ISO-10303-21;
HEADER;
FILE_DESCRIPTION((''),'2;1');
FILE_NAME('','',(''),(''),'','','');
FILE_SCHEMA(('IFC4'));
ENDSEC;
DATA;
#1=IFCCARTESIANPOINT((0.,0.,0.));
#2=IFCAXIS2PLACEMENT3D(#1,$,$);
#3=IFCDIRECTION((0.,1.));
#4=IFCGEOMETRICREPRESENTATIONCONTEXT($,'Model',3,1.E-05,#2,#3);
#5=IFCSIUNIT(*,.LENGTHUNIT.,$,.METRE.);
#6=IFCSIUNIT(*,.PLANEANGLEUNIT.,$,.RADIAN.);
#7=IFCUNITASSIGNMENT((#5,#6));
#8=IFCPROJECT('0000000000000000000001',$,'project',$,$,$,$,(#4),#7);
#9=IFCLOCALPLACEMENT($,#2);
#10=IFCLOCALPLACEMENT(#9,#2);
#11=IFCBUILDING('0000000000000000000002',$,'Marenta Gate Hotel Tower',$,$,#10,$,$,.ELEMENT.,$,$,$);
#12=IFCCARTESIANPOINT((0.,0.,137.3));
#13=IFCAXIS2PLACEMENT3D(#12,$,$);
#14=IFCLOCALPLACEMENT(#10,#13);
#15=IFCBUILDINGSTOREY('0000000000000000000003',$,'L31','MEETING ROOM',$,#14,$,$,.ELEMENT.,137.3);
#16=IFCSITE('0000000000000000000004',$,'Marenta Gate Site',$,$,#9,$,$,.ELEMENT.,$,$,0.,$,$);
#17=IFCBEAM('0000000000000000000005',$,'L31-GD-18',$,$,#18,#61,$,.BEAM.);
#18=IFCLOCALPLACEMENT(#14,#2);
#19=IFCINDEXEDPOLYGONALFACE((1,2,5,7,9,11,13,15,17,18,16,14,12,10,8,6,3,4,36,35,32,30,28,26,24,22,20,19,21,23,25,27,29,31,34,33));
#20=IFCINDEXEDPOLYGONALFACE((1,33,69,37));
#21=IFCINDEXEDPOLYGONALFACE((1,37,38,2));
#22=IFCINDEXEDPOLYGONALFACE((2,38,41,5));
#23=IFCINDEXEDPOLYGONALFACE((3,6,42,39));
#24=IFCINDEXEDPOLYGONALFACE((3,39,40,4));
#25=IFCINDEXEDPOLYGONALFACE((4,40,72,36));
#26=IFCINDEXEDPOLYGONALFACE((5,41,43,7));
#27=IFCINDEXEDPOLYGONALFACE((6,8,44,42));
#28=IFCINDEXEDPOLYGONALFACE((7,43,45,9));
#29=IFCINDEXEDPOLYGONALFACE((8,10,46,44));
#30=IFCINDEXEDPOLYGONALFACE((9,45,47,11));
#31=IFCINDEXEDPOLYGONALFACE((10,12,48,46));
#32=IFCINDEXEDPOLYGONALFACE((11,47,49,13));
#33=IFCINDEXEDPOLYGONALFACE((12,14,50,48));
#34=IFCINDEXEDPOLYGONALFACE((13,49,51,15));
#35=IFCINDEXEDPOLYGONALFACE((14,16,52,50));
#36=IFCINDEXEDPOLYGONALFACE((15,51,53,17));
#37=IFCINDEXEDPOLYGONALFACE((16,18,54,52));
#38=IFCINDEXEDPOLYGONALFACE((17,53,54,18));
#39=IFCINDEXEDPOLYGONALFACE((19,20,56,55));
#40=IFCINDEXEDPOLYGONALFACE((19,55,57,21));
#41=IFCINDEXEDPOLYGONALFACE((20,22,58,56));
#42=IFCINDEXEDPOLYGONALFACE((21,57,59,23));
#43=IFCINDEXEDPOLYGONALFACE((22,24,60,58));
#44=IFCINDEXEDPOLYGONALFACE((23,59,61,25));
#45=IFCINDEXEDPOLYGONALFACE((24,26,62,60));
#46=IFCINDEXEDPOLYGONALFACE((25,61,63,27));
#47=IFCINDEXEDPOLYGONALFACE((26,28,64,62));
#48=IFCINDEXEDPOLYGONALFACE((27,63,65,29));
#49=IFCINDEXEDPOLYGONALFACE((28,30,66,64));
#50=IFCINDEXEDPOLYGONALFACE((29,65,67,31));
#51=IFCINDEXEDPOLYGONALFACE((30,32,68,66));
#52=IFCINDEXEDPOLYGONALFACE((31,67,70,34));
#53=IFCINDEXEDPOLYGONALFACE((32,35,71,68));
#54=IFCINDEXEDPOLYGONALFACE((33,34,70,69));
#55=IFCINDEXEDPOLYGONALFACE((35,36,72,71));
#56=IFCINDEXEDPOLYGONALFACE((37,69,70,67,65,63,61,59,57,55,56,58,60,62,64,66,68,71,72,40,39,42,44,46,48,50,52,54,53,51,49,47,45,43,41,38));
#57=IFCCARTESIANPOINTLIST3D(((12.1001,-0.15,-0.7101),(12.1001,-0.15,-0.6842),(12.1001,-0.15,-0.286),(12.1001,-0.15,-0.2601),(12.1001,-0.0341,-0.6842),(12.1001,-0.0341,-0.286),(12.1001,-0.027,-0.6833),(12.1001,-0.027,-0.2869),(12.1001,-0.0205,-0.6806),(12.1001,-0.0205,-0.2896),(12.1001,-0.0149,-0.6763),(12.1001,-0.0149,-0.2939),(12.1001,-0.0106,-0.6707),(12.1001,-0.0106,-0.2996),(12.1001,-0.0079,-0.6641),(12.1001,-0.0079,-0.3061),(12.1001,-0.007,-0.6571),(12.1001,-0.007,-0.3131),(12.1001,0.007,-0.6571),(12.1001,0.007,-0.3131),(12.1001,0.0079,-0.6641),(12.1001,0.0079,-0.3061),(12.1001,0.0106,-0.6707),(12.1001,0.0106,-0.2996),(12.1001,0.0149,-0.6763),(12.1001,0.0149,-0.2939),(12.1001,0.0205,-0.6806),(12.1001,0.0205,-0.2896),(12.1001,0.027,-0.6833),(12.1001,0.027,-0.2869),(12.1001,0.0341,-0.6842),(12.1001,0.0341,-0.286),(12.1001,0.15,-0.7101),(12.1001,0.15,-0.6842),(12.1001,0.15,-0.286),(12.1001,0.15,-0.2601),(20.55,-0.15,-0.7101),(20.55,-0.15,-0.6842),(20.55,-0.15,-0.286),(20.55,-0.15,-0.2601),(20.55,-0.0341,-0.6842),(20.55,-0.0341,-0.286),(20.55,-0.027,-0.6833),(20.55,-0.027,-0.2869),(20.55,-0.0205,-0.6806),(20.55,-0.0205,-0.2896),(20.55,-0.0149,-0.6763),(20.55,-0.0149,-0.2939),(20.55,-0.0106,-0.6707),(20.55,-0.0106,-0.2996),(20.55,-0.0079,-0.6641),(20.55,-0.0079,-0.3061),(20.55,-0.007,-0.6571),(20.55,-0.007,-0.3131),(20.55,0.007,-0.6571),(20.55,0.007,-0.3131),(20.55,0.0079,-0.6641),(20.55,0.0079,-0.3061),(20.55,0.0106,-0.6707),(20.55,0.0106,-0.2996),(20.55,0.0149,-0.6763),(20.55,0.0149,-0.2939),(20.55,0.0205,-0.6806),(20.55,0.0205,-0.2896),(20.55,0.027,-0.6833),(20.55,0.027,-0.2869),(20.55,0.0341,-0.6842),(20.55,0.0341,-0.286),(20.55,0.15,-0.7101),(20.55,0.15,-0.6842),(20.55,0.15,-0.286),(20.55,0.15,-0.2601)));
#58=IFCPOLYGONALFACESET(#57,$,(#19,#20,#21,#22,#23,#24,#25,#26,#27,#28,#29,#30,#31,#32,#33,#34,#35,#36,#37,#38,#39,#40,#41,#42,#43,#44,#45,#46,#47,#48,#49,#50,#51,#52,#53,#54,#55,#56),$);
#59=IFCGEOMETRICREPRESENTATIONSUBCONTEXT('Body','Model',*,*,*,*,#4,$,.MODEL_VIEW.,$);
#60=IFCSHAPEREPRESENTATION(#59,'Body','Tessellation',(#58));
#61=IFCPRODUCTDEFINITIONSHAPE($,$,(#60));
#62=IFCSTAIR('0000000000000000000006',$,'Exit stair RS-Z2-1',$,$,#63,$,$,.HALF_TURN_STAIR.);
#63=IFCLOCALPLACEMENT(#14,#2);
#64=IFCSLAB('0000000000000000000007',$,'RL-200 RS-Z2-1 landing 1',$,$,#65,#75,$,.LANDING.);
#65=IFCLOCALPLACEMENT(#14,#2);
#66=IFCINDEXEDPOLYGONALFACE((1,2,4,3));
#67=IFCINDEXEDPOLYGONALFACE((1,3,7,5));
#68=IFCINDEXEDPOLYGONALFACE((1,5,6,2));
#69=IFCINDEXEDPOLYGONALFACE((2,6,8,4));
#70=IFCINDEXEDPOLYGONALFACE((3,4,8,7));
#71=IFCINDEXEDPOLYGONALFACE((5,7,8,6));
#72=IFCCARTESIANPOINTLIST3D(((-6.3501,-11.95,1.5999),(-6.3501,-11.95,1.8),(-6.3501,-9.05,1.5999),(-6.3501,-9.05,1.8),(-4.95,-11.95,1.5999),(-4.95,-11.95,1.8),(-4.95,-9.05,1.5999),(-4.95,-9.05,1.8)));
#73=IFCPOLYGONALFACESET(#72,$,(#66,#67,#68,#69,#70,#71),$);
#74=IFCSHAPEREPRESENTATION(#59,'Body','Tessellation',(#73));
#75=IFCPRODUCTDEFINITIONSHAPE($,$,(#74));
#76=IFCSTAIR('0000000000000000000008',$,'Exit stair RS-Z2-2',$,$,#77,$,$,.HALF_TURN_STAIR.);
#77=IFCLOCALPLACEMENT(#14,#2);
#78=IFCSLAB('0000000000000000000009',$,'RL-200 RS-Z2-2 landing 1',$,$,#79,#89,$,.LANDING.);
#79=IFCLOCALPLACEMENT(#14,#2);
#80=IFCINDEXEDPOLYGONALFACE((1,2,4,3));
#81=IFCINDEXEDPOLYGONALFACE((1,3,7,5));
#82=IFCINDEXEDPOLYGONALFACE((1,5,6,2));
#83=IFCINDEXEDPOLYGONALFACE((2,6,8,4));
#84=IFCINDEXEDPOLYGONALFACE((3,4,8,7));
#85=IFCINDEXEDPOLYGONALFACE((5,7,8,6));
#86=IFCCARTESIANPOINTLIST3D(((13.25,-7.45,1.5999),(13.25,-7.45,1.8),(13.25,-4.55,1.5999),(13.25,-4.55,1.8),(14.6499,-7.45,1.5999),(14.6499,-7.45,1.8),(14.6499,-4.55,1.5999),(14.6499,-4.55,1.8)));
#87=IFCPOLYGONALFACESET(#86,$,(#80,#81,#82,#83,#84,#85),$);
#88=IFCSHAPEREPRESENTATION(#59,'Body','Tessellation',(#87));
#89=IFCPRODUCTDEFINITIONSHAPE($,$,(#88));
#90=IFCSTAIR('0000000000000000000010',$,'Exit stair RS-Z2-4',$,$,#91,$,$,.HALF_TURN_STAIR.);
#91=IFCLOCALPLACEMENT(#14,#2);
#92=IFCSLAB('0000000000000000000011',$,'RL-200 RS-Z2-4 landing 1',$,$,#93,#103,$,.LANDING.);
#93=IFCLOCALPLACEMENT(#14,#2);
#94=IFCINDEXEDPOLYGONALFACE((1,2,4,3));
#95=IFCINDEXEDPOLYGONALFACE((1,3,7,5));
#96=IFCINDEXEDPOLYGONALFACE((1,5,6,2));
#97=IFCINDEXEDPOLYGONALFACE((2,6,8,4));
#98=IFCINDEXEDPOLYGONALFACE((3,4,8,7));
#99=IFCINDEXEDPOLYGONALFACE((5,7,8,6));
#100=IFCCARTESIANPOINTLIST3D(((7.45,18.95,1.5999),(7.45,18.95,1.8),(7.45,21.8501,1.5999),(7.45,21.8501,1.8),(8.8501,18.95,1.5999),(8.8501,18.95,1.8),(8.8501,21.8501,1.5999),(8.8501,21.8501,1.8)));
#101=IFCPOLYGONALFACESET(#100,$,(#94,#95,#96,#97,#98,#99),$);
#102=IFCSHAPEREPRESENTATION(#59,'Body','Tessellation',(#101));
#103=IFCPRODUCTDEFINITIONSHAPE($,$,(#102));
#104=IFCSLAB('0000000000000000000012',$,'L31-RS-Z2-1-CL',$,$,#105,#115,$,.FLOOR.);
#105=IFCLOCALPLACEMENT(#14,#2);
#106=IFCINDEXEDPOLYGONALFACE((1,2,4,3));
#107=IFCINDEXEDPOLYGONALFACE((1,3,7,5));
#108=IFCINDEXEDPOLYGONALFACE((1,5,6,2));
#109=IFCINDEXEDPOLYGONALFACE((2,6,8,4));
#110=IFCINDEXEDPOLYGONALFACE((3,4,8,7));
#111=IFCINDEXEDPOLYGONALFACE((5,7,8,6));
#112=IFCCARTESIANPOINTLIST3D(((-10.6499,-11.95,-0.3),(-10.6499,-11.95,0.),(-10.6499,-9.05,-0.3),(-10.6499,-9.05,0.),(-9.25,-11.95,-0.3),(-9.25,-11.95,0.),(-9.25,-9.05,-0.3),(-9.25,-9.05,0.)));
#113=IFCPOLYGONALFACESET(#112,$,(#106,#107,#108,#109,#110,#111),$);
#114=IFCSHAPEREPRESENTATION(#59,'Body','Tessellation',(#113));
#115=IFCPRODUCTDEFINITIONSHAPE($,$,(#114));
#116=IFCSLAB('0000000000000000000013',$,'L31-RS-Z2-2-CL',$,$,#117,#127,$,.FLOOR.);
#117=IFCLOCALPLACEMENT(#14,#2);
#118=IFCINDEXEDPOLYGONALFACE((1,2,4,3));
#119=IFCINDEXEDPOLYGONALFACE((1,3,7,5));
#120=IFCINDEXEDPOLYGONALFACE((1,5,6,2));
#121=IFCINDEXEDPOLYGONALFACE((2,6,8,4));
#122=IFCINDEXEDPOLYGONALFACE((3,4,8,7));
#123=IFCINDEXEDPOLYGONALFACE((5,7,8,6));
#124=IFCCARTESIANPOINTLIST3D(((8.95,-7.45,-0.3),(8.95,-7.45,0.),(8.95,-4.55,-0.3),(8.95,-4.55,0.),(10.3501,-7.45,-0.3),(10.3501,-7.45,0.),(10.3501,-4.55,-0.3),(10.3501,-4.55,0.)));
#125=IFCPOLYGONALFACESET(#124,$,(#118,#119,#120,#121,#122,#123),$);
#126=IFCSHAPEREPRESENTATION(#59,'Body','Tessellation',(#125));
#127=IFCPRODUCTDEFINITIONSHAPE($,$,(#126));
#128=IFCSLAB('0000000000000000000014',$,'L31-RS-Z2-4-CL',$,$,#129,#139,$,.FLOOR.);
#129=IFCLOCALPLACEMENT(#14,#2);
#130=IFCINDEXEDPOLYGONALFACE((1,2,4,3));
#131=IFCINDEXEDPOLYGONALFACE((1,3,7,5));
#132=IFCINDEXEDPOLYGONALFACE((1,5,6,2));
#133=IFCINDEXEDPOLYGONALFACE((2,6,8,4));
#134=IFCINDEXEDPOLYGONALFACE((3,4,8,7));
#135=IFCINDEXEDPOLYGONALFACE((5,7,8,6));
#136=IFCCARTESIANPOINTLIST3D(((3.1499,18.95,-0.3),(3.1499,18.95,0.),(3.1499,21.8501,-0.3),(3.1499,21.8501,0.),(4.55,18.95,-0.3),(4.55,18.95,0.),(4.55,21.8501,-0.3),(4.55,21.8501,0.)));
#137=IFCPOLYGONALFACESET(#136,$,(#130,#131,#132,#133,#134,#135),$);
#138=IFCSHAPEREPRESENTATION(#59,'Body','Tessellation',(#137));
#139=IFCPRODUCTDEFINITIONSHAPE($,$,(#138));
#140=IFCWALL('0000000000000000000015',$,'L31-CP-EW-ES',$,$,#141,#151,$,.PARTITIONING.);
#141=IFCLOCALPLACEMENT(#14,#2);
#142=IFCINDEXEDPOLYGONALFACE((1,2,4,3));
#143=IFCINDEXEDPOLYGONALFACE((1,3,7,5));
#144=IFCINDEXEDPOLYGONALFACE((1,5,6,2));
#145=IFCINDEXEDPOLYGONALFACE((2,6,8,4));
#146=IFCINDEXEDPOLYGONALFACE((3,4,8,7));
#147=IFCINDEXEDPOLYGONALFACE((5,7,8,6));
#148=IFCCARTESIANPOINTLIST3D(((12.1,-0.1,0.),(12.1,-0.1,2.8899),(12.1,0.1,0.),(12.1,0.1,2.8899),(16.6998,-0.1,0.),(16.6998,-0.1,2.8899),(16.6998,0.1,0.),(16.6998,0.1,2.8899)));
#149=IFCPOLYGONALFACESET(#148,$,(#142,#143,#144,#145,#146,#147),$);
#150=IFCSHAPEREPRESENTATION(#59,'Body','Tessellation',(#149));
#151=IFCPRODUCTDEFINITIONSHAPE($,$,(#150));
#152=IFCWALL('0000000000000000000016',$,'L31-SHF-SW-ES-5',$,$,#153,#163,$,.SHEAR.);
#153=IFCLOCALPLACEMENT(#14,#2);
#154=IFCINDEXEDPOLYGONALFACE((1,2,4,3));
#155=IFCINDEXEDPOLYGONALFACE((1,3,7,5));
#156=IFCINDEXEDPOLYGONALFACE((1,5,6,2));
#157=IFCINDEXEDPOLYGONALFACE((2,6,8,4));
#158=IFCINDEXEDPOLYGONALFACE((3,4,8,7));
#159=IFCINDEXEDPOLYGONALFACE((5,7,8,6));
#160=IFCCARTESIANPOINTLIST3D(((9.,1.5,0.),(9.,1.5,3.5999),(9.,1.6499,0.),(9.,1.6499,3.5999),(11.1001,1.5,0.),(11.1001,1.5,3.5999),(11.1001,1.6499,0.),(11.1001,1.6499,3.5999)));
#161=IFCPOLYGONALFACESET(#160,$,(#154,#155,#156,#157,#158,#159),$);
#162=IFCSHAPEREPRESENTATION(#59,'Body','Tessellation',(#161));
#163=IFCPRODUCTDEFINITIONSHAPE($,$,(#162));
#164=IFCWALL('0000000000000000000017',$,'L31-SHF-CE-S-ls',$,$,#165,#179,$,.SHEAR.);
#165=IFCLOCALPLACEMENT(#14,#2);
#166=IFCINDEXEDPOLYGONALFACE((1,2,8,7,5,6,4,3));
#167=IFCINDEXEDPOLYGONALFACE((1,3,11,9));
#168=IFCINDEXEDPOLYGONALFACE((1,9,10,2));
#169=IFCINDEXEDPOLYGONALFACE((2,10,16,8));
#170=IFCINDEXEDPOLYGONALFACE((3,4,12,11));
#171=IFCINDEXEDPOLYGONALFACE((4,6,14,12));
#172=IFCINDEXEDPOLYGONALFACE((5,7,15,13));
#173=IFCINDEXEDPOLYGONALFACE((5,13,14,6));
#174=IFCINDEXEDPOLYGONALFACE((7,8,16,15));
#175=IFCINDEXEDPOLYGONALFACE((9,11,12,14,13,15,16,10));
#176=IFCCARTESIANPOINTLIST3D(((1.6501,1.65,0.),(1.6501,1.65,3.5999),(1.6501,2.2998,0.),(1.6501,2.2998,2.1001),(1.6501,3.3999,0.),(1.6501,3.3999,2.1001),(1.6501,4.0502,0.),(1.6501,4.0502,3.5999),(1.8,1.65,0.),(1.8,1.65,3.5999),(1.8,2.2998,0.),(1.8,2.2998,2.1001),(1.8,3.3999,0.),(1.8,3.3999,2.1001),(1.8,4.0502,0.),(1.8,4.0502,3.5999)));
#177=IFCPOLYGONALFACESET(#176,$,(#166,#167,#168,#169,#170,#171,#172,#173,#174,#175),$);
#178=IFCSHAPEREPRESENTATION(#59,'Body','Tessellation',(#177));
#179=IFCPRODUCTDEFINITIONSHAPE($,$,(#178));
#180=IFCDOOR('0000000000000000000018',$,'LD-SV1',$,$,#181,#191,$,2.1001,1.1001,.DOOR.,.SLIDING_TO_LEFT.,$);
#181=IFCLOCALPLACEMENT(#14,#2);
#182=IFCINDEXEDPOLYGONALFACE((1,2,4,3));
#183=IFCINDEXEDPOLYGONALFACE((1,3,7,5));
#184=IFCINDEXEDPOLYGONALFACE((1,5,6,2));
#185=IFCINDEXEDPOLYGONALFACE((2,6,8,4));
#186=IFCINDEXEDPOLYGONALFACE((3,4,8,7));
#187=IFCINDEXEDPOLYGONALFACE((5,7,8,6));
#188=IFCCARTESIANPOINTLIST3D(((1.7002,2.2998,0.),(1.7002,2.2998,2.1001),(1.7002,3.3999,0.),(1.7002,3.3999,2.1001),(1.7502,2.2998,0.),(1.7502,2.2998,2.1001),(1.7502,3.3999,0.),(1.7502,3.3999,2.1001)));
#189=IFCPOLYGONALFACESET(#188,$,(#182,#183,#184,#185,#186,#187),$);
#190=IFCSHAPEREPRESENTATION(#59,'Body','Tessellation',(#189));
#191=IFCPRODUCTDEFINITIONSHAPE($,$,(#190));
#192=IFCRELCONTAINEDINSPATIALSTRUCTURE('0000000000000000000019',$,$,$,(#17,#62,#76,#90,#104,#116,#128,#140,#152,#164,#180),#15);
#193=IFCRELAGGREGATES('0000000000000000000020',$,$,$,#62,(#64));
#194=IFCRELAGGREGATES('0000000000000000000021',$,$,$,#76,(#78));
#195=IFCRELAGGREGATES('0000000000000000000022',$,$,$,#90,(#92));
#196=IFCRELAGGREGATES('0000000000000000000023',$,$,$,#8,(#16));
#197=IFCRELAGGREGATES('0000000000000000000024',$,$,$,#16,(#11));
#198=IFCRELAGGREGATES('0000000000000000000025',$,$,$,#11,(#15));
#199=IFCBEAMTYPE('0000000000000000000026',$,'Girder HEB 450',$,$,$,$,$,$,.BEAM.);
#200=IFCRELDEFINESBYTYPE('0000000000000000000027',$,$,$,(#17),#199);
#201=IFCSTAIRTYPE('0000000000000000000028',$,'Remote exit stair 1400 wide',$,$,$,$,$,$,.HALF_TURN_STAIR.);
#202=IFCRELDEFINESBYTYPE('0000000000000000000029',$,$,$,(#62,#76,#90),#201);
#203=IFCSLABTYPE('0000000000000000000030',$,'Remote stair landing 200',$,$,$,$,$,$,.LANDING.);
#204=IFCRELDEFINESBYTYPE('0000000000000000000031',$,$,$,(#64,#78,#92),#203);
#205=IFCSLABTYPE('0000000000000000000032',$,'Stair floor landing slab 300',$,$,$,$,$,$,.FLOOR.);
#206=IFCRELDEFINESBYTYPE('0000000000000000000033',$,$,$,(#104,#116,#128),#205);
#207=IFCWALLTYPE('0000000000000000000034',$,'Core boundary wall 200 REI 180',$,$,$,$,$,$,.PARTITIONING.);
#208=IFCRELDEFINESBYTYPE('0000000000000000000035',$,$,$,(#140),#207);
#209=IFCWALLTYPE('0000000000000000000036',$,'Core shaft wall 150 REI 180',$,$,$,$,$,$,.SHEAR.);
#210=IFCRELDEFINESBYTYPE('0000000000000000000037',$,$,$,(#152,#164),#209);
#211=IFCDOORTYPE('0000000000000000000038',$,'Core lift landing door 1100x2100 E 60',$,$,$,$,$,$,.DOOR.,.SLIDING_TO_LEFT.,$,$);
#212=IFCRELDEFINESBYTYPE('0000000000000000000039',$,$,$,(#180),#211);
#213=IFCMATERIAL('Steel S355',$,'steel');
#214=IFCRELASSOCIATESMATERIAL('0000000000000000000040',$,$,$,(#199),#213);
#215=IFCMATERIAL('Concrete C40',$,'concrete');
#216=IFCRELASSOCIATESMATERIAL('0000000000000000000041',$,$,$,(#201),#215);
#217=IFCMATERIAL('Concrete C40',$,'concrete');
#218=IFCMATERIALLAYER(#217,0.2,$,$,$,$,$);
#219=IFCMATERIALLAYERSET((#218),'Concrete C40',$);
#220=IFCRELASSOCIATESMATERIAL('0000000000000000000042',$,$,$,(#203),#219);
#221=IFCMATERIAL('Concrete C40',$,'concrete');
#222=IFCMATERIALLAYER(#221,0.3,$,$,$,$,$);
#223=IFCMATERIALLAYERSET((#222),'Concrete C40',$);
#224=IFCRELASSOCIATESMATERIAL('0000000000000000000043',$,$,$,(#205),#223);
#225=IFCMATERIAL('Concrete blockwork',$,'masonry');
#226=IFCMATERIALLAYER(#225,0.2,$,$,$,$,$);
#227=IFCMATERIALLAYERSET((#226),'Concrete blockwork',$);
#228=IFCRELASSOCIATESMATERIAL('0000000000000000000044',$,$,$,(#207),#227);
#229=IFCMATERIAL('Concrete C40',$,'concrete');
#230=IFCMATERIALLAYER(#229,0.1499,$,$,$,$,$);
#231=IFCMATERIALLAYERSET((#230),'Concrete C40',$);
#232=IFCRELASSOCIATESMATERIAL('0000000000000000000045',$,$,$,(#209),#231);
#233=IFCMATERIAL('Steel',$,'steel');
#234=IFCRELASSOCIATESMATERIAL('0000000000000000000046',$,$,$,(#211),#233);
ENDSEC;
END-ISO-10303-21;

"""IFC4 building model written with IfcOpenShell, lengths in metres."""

from ifc_helpers import new_model, si_unit, direction, frame, frame_2d, origin, origin_2d, place, context, subcontext, project, spatial, polyline, rectangle, i_section, outline, extrude, material, layer, layer_set, material_profile, profile_set, type_object, element, fill, aggregate, save


model = new_model("IFC4")

# Units and contexts
model_context = context("Model", 3, precision=1e-05, world=origin(), true_north=direction((0.0, 1.0)))
body_context = subcontext(model_context, "Body", "Model", "MODEL_VIEW")
ifc_project = project(units=[si_unit("LENGTHUNIT", "METRE"), si_unit("PLANEANGLEUNIT", "RADIAN")], contexts=[model_context])

# Site, building, storey
site_placement = place(None, origin())
site = spatial("IfcSite", under=ifc_project, at=site_placement, Name="Marenta Gate Site", CompositionType="ELEMENT", RefElevation=0.0)
building_placement = place(site_placement, origin())
building = spatial("IfcBuilding", under=site, at=building_placement, Name="Marenta Gate Hotel Tower", CompositionType="ELEMENT")
storey_placement = place(building_placement, frame((0.0, 0.0, 137.3)))
storey = spatial("IfcBuildingStorey", under=building, at=storey_placement, Name="L31", Description="MEETING ROOM", CompositionType="ELEMENT", Elevation=137.3)

# Beam
ifc_material_1 = material(Name="Steel S355", Category="steel")
ifc_material_profile = material_profile(ifc_material_1, i_section(OverallWidth=0.3, OverallDepth=0.45, WebThickness=0.0139, FlangeThickness=0.0259, FilletRadius=0.0271, at=origin_2d()), Name="HEB 450")
ifc_profile_set = profile_set([ifc_material_profile], Name="Steel S355")
beam_type = type_object("IfcBeamType", Name="Girder HEB 450", PredefinedType="BEAM", material=ifc_profile_set)
beam_placement = place(storey_placement, frame((12.1001, 0.0, -0.4851), z_axis=(1.0, 0.0, 0.0), x_axis=(0.0, 1.0, 0.0)))
element("IfcBeam", 1, at=beam_placement, inside=storey, type_object=beam_type, Name="L31-GD-18", PredefinedType="BEAM", context=body_context, shape_type="SweptSolid", body=[
    extrude(i_section(OverallWidth=0.3, OverallDepth=0.45, WebThickness=0.0139, FlangeThickness=0.0259, FilletRadius=0.0271, at=origin_2d()), origin(), (0.0, 0.0, 1.0), 8.45),
])

# Stairs, slabs
ifc_material_2 = material(Name="Concrete C40", Category="concrete")
stair_type_1 = type_object("IfcStairType", Name="Remote exit stair 1400 wide", PredefinedType="HALF_TURN_STAIR", material=ifc_material_2)
stair_1_placement = place(storey_placement, origin())
stair_1 = element("IfcStair", 2, at=stair_1_placement, inside=storey, type_object=stair_type_1, Name="Exit stair RS-Z2-1", PredefinedType="HALF_TURN_STAIR")
ifc_material_3 = material(Name="Concrete C40", Category="concrete")
ifc_layer_1 = layer(ifc_material_3, 0.2)
ifc_layer_set_1 = layer_set([ifc_layer_1], Name="Concrete C40")
slab_type_1 = type_object("IfcSlabType", Name="Remote stair landing 200", PredefinedType="LANDING", material=ifc_layer_set_1)
slab_1_placement = place(storey_placement, frame((0.0, 0.0, 1.5999)))
slab_1 = element("IfcSlab", 3, at=slab_1_placement, type_object=slab_type_1, Name="RL-200 RS-Z2-1 landing 1", PredefinedType="LANDING", context=body_context, shape_type="SweptSolid", body=[
    extrude(outline(polyline([(-6.3501, -11.95), (-4.95, -11.95), (-4.95, -9.05), (-6.3501, -9.05), (-6.3501, -11.95)])), origin(), (0.0, 0.0, 1.0), 0.2002),
])
aggregate(stair_1, [slab_1])
stair_2_placement = place(storey_placement, origin())
stair_2 = element("IfcStair", 4, at=stair_2_placement, inside=storey, type_object=stair_type_1, Name="Exit stair RS-Z2-2", PredefinedType="HALF_TURN_STAIR")
slab_2_placement = place(storey_placement, frame((0.0, 0.0, 1.5999)))
slab_2 = element("IfcSlab", 5, at=slab_2_placement, type_object=slab_type_1, Name="RL-200 RS-Z2-2 landing 1", PredefinedType="LANDING", context=body_context, shape_type="SweptSolid", body=[
    extrude(outline(polyline([(13.25, -7.45), (14.6499, -7.45), (14.6499, -4.55), (13.25, -4.55), (13.25, -7.45)])), origin(), (0.0, 0.0, 1.0), 0.2002),
])
aggregate(stair_2, [slab_2])
stair_3_placement = place(storey_placement, origin())
stair_3 = element("IfcStair", 6, at=stair_3_placement, inside=storey, type_object=stair_type_1, Name="Exit stair RS-Z2-4", PredefinedType="HALF_TURN_STAIR")
slab_3_placement = place(storey_placement, frame((0.0, 0.0, 1.5999)))
slab_3 = element("IfcSlab", 7, at=slab_3_placement, type_object=slab_type_1, Name="RL-200 RS-Z2-4 landing 1", PredefinedType="LANDING", context=body_context, shape_type="SweptSolid", body=[
    extrude(outline(polyline([(7.45, 18.95), (8.8501, 18.95), (8.8501, 21.8501), (7.45, 21.8501), (7.45, 18.95)])), origin(), (0.0, 0.0, 1.0), 0.2002),
])
aggregate(stair_3, [slab_3])

# Slabs
ifc_material_4 = material(Name="Concrete C40", Category="concrete")
ifc_layer_2 = layer(ifc_material_4, 0.3)
ifc_layer_set_2 = layer_set([ifc_layer_2], Name="Concrete C40")
slab_type_2 = type_object("IfcSlabType", Name="Stair floor landing slab 300", PredefinedType="FLOOR", material=ifc_layer_set_2)
slab_4_placement = place(storey_placement, frame((0.0, 0.0, -0.3)))
element("IfcSlab", 8, at=slab_4_placement, inside=storey, type_object=slab_type_2, Name="L31-RS-Z2-1-CL", PredefinedType="FLOOR", context=body_context, shape_type="SweptSolid", body=[
    extrude(outline(polyline([(-9.25, -11.95), (-9.25, -9.05), (-10.6499, -9.05), (-10.6499, -11.95), (-9.25, -11.95)])), origin(), (0.0, 0.0, 1.0), 0.3),
])
slab_5_placement = place(storey_placement, frame((0.0, 0.0, -0.3)))
element("IfcSlab", 9, at=slab_5_placement, inside=storey, type_object=slab_type_2, Name="L31-RS-Z2-2-CL", PredefinedType="FLOOR", context=body_context, shape_type="SweptSolid", body=[
    extrude(outline(polyline([(10.3501, -7.45), (10.3501, -4.55), (8.95, -4.55), (8.95, -7.45), (10.3501, -7.45)])), origin(), (0.0, 0.0, 1.0), 0.3),
])
slab_6_placement = place(storey_placement, frame((0.0, 0.0, -0.3)))
element("IfcSlab", 10, at=slab_6_placement, inside=storey, type_object=slab_type_2, Name="L31-RS-Z2-4-CL", PredefinedType="FLOOR", context=body_context, shape_type="SweptSolid", body=[
    extrude(outline(polyline([(4.55, 18.95), (4.55, 21.8501), (3.1499, 21.8501), (3.1499, 18.95), (4.55, 18.95)])), origin(), (0.0, 0.0, 1.0), 0.3),
])

# Walls
ifc_material_5 = material(Name="Concrete blockwork", Category="masonry")
ifc_layer_3 = layer(ifc_material_5, 0.2)
ifc_layer_set_3 = layer_set([ifc_layer_3], Name="Concrete blockwork")
wall_type_1 = type_object("IfcWallType", Name="Core boundary wall 200 REI 180", PredefinedType="PARTITIONING", material=ifc_layer_set_3)
wall_1_placement = place(storey_placement, frame((12.1001, 0.0, 0.0), z_axis=(0.0, 0.0, 1.0), x_axis=(1.0, 0.0, 0.0)))
element("IfcWall", 11, at=wall_1_placement, inside=storey, type_object=wall_type_1, Name="L31-CP-EW-ES", PredefinedType="PARTITIONING", context=body_context, shape_type="SweptSolid", body=[
    extrude(rectangle(XDim=4.5999, YDim=0.2, at=frame_2d((2.2998, 0.0))), origin(), (0.0, 0.0, 1.0), 2.8899),
])
ifc_material_6 = material(Name="Concrete C40", Category="concrete")
ifc_layer_4 = layer(ifc_material_6, 0.1499)
ifc_layer_set_4 = layer_set([ifc_layer_4], Name="Concrete C40")
wall_type_2 = type_object("IfcWallType", Name="Core shaft wall 150 REI 180", PredefinedType="SHEAR", material=ifc_layer_set_4)
wall_2_placement = place(storey_placement, frame((9.0, 1.575, 0.0), z_axis=(0.0, 0.0, 1.0), x_axis=(1.0, 0.0, 0.0)))
element("IfcWall", 12, at=wall_2_placement, inside=storey, type_object=wall_type_2, Name="L31-SHF-SW-ES-5", PredefinedType="SHEAR", context=body_context, shape_type="SweptSolid", body=[
    extrude(rectangle(XDim=2.1001, YDim=0.1499, at=frame_2d((1.05, 0.0))), origin(), (0.0, 0.0, 1.0), 3.5999),
])

# Wall, opening, door
wall_3_placement = place(storey_placement, frame((1.7251, 1.6499, 0.0), z_axis=(0.0, 0.0, 1.0), x_axis=(0.0, 1.0, 0.0)))
wall_3 = element("IfcWall", 13, at=wall_3_placement, inside=storey, type_object=wall_type_2, Name="L31-SHF-CE-S-ls", PredefinedType="SHEAR", context=body_context, shape_type="SweptSolid", body=[
    extrude(rectangle(XDim=2.4001, YDim=0.1499, at=frame_2d((1.2002, 0.0))), origin(), (0.0, 0.0, 1.0), 3.5999),
])
opening_1_placement = place(wall_3_placement, frame((0.6499, 0.0, 0.0)))
opening_1 = element("IfcOpeningElement", 14, at=opening_1_placement, cuts=wall_3, PredefinedType="OPENING", context=body_context, shape_type="SweptSolid", body=[
    extrude(rectangle(XDim=1.1001, YDim=2.1001, at=frame_2d((0.55, 1.05))), frame((0.0, 0.075, 0.0), z_axis=(0.0, -1.0, 0.0), x_axis=(1.0, 0.0, 0.0)), (0.0, 0.0, 1.0), 0.1499),
])
ifc_material_7 = material(Name="Steel", Category="steel")
door_type_1 = type_object("IfcDoorType", Name="Core lift landing door 1100x2100 E 60", OperationType="SLIDING_TO_LEFT", PredefinedType="DOOR", material=ifc_material_7)
door_1_placement = place(opening_1_placement, origin())
door_1 = element("IfcDoor", 15, at=door_1_placement, inside=storey, type_object=door_type_1, Name="LD-SV1", OperationType="SLIDING_TO_LEFT", OverallHeight=2.1001, OverallWidth=1.1001, PredefinedType="DOOR", context=body_context, shape_type="SweptSolid", body=[
    extrude(rectangle(XDim=1.1001, YDim=2.1001, at=frame_2d((0.55, 1.05))), frame((0.0, 0.0249, 0.0), z_axis=(0.0, -1.0, 0.0), x_axis=(1.0, 0.0, 0.0)), (0.0, 0.0, 1.0), 0.05),
])
fill(opening_1, door_1)

save(model, "model.ifc")
